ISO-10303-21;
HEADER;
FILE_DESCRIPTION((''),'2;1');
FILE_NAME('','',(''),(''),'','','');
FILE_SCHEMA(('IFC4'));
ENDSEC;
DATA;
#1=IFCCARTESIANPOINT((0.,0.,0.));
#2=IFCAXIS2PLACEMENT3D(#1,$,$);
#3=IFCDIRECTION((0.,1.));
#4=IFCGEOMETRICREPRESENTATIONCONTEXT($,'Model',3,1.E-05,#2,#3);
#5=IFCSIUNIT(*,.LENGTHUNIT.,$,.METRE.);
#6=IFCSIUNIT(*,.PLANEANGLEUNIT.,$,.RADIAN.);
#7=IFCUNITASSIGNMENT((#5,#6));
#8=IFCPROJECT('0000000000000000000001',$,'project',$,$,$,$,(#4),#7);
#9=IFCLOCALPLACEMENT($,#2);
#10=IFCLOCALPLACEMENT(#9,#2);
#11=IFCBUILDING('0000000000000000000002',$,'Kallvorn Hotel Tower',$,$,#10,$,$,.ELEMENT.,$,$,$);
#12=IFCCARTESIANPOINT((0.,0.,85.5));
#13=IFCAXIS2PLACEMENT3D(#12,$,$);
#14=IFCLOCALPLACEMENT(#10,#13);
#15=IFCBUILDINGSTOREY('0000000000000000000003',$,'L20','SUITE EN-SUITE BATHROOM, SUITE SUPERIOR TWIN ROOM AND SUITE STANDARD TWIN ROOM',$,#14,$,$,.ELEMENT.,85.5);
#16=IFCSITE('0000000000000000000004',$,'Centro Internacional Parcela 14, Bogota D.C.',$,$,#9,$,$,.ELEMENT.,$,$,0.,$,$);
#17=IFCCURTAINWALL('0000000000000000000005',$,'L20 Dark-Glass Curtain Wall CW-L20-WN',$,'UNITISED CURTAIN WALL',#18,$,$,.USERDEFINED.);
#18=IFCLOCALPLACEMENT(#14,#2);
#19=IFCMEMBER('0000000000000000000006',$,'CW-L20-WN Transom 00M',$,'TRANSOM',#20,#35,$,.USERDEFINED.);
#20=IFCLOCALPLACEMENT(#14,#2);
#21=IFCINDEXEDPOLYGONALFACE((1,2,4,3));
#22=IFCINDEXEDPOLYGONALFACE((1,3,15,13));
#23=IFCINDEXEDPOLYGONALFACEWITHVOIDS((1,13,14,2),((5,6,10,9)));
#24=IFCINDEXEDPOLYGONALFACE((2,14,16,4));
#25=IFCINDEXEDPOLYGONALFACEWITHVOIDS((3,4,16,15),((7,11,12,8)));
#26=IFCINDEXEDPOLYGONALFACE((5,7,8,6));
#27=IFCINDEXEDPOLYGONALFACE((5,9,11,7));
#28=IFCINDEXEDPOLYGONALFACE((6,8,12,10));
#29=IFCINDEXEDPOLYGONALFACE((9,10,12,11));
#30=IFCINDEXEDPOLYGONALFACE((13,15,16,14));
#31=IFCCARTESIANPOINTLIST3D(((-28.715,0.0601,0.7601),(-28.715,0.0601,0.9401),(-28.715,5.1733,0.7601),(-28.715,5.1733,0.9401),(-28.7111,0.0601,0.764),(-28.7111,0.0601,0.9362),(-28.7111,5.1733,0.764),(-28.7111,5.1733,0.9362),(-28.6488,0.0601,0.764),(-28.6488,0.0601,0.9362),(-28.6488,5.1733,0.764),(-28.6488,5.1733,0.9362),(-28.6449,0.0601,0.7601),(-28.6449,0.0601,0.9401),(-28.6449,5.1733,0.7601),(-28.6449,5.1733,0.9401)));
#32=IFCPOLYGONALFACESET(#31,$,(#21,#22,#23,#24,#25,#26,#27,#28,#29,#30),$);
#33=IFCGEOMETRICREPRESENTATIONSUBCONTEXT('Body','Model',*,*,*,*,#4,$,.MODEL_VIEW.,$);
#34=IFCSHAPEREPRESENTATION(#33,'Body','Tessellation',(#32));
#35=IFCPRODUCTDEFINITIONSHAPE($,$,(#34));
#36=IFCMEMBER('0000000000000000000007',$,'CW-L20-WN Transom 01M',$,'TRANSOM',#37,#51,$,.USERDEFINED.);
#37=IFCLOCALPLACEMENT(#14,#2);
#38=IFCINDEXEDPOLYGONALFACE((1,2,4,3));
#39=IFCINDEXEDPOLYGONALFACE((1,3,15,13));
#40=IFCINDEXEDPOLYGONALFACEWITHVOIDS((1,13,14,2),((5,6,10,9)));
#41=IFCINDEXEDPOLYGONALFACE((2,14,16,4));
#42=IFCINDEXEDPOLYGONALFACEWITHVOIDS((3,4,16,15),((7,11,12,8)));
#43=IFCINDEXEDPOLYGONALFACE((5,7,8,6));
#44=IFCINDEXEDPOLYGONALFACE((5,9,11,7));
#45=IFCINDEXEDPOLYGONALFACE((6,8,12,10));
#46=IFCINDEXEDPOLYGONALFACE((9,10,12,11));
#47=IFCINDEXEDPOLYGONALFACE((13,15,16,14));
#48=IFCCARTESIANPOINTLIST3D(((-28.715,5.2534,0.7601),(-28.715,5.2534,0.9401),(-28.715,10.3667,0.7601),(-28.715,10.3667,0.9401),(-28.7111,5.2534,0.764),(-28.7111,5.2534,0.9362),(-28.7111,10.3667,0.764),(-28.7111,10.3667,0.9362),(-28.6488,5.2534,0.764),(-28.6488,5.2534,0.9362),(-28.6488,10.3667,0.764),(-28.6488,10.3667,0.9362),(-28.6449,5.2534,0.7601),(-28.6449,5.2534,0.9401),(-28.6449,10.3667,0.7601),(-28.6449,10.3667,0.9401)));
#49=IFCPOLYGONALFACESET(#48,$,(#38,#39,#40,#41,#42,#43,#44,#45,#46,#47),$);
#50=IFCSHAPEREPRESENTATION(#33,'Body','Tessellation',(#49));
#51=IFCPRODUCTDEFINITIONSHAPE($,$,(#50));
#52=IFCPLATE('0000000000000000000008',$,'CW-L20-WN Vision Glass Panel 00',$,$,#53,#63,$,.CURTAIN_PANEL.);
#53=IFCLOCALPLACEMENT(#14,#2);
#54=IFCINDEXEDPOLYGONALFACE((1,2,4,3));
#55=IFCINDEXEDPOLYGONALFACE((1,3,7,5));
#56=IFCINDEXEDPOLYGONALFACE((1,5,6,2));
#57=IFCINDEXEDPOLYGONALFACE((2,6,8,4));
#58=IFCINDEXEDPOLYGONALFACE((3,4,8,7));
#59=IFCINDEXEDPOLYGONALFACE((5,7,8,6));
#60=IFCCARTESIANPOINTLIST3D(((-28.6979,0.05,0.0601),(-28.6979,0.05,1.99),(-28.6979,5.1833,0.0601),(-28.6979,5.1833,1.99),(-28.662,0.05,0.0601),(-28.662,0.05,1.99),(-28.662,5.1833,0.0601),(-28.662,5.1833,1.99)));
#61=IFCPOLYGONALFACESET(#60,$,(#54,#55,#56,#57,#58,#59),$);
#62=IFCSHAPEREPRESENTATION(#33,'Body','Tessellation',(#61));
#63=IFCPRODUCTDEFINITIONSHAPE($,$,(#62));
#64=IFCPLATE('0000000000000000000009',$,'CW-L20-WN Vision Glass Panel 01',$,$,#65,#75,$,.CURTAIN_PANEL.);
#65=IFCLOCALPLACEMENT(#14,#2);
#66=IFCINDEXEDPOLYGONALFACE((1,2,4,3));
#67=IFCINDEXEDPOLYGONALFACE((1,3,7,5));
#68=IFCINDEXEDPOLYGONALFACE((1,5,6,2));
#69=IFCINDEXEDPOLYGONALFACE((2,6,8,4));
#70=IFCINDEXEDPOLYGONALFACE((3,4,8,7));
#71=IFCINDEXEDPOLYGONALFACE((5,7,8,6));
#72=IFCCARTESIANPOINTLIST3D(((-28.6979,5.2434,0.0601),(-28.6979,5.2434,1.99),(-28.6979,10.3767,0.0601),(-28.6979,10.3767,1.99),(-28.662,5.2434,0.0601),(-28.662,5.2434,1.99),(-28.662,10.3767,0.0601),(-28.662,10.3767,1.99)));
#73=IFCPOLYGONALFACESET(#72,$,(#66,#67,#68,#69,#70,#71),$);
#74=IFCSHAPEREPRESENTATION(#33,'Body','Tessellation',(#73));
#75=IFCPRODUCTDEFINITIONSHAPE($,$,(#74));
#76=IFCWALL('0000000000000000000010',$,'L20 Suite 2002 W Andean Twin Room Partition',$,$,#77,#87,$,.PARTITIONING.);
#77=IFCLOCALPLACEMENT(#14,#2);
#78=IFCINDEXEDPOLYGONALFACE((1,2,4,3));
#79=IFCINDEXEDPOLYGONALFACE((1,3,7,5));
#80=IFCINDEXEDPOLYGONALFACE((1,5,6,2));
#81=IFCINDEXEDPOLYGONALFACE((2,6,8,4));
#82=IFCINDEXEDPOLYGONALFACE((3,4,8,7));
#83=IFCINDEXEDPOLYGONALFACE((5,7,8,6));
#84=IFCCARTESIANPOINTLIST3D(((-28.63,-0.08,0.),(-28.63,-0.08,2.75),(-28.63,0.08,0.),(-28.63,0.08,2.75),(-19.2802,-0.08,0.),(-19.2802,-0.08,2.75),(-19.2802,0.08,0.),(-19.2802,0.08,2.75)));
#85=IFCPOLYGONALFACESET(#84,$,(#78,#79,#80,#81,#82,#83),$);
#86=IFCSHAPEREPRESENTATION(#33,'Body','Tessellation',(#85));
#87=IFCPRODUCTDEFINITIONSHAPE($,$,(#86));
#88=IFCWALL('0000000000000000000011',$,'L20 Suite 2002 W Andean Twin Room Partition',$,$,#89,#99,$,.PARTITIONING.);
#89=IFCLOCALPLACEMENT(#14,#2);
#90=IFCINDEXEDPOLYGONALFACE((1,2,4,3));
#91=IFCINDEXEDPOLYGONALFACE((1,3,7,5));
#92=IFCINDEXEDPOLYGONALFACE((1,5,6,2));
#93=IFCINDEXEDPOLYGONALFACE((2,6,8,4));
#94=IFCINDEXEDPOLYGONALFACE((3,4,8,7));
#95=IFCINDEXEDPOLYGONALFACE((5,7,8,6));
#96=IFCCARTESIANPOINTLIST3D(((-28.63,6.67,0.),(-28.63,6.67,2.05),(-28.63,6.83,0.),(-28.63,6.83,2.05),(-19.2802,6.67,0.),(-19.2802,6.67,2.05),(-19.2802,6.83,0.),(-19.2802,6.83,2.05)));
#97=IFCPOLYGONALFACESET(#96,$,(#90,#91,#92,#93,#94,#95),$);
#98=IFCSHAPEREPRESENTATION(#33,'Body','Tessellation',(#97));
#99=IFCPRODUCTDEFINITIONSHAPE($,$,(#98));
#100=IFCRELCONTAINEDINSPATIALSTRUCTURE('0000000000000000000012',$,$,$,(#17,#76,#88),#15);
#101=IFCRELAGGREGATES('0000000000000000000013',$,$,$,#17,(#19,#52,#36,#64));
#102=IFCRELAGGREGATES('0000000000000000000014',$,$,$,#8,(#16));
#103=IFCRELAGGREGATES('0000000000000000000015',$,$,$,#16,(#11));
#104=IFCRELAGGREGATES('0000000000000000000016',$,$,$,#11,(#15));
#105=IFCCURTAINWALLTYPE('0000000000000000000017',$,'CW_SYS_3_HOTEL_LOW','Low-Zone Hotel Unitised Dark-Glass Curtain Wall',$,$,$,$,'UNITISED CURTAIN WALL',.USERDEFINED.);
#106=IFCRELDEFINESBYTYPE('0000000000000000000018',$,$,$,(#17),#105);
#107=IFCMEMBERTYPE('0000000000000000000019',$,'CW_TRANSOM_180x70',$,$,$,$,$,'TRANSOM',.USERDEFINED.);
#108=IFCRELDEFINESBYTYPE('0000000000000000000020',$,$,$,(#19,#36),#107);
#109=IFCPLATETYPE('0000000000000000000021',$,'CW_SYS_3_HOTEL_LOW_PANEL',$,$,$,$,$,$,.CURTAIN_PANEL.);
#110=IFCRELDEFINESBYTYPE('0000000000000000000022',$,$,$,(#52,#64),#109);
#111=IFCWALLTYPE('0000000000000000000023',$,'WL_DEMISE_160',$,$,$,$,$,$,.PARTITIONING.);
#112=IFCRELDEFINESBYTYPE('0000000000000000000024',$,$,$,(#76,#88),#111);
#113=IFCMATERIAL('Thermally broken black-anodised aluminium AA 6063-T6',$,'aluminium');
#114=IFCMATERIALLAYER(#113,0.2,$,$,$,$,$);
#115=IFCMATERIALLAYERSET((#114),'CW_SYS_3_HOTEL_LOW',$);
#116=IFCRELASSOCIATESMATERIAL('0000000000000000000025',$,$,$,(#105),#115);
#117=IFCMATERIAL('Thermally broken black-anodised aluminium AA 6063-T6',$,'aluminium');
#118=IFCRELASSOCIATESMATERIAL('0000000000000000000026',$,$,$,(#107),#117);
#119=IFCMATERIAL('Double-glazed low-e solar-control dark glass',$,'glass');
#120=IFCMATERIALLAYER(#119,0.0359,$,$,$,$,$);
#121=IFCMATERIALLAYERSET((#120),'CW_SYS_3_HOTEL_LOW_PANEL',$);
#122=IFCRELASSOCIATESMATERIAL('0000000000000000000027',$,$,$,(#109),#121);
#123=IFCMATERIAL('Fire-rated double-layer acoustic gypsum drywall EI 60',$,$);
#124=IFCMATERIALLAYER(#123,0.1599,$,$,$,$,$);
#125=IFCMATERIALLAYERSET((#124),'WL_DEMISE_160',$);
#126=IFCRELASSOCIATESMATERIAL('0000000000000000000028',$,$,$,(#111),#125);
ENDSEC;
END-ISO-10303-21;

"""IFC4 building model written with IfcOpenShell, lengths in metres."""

from ifc_helpers import new_model, si_unit, direction, frame, frame_2d, origin, origin_2d, place, context, subcontext, project, spatial, rectangle, hollow_rectangle, extrude, material, layer, layer_set, material_profile, profile_set, type_object, element, aggregate, save


model = new_model("IFC4")

# Units and contexts
model_context = context("Model", 3, precision=1e-05, world=origin(), true_north=direction((0.0, 1.0)))
body_context = subcontext(model_context, "Body", "Model", "MODEL_VIEW")
ifc_project = project(units=[si_unit("LENGTHUNIT", "METRE"), si_unit("PLANEANGLEUNIT", "RADIAN")], contexts=[model_context])

# Site, building, storey
site_placement = place(None, origin())
site = spatial("IfcSite", under=ifc_project, at=site_placement, Name="Centro Internacional Parcela 14, Bogota D.C.", CompositionType="ELEMENT", RefElevation=0.0)
building_placement = place(site_placement, origin())
building = spatial("IfcBuilding", under=site, at=building_placement, Name="Kallvorn Hotel Tower", CompositionType="ELEMENT")
storey_placement = place(building_placement, frame((0.0, 0.0, 85.5)))
storey = spatial("IfcBuildingStorey", under=building, at=storey_placement, Name="L20", Description="SUITE EN-SUITE BATHROOM, SUITE SUPERIOR TWIN ROOM AND SUITE STANDARD TWIN ROOM", CompositionType="ELEMENT", Elevation=85.5)

# Curtain wall, members, plates
ifc_material_1 = material(Name="Thermally broken black-anodised aluminium AA 6063-T6", Category="aluminium")
ifc_layer_1 = layer(ifc_material_1, 0.2)
ifc_layer_set_1 = layer_set([ifc_layer_1], Name="CW_SYS_3_HOTEL_LOW")
curtain_wall_type = type_object("IfcCurtainWallType", Name="CW_SYS_3_HOTEL_LOW", Description="Low-Zone Hotel Unitised Dark-Glass Curtain Wall", ElementType="UNITISED CURTAIN WALL", PredefinedType="USERDEFINED", material=ifc_layer_set_1)
curtain_wall_placement = place(storey_placement, origin())
curtain_wall = element("IfcCurtainWall", 1, at=curtain_wall_placement, inside=storey, type_object=curtain_wall_type, Name="L20 Dark-Glass Curtain Wall CW-L20-WN", ObjectType="UNITISED CURTAIN WALL", PredefinedType="USERDEFINED")
ifc_material_2 = material(Name="Thermally broken black-anodised aluminium AA 6063-T6", Category="aluminium")
ifc_material_profile_1 = material_profile(ifc_material_2, hollow_rectangle(XDim=0.0701, YDim=0.1799, WallThickness=0.0039, at=origin_2d()), Name="TRN 180x70")
ifc_profile_set_1 = profile_set([ifc_material_profile_1], Name="Thermally broken black-anodised aluminium AA 6063-T6")
member_type_1 = type_object("IfcMemberType", Name="CW_TRANSOM_180x70", ElementType="TRANSOM", PredefinedType="USERDEFINED", material=ifc_profile_set_1)
member_1_placement = place(storey_placement, frame((-28.6799, 0.0601, 0.8501), z_axis=(0.0, 1.0, 0.0), x_axis=(-1.0, 0.0, 0.0)))
member_1 = element("IfcMember", 2, at=member_1_placement, type_object=member_type_1, Name="CW-L20-WN Transom 00M", ObjectType="TRANSOM", PredefinedType="USERDEFINED", context=body_context, shape_type="SweptSolid", body=[
    extrude(hollow_rectangle(XDim=0.0701, YDim=0.1799, WallThickness=0.0039, at=origin_2d()), origin(), (0.0, 0.0, 1.0), 5.1133),
])
member_2_placement = place(storey_placement, frame((-28.6799, 5.2534, 0.8501), z_axis=(0.0, 1.0, 0.0), x_axis=(-1.0, 0.0, 0.0)))
member_2 = element("IfcMember", 3, at=member_2_placement, type_object=member_type_1, Name="CW-L20-WN Transom 01M", ObjectType="TRANSOM", PredefinedType="USERDEFINED", context=body_context, shape_type="SweptSolid", body=[
    extrude(hollow_rectangle(XDim=0.0701, YDim=0.1799, WallThickness=0.0039, at=origin_2d()), origin(), (0.0, 0.0, 1.0), 5.1133),
])
ifc_material_3 = material(Name="Double-glazed low-e solar-control dark glass", Category="glass")
ifc_layer_2 = layer(ifc_material_3, 0.0359)
ifc_layer_set_2 = layer_set([ifc_layer_2], Name="CW_SYS_3_HOTEL_LOW_PANEL")
plate_type = type_object("IfcPlateType", Name="CW_SYS_3_HOTEL_LOW_PANEL", PredefinedType="CURTAIN_PANEL", material=ifc_layer_set_2)
plate_1_placement = place(storey_placement, frame((-28.6799, 2.6167, 0.0601), z_axis=(0.0, 0.0, 1.0), x_axis=(0.0, 1.0, 0.0)))
plate_1 = element("IfcPlate", 4, at=plate_1_placement, type_object=plate_type, Name="CW-L20-WN Vision Glass Panel 00", PredefinedType="CURTAIN_PANEL", context=body_context, shape_type="SweptSolid", body=[
    extrude(rectangle(XDim=5.1333, YDim=0.0359, at=origin_2d()), origin(), (0.0, 0.0, 1.0), 1.9299),
])
plate_2_placement = place(storey_placement, frame((-28.6799, 7.8101, 0.0601), z_axis=(0.0, 0.0, 1.0), x_axis=(0.0, 1.0, 0.0)))
plate_2 = element("IfcPlate", 5, at=plate_2_placement, type_object=plate_type, Name="CW-L20-WN Vision Glass Panel 01", PredefinedType="CURTAIN_PANEL", context=body_context, shape_type="SweptSolid", body=[
    extrude(rectangle(XDim=5.1333, YDim=0.0359, at=origin_2d()), origin(), (0.0, 0.0, 1.0), 1.9299),
])
aggregate(curtain_wall, [member_1, plate_1, member_2, plate_2])

# Walls
ifc_material_4 = material(Name="Fire-rated double-layer acoustic gypsum drywall EI 60")
ifc_layer_3 = layer(ifc_material_4, 0.1599)
ifc_layer_set_3 = layer_set([ifc_layer_3], Name="WL_DEMISE_160")
wall_type = type_object("IfcWallType", Name="WL_DEMISE_160", PredefinedType="PARTITIONING", material=ifc_layer_set_3)
wall_1_placement = place(storey_placement, frame((-28.6299, 0.0, 0.0), z_axis=(0.0, 0.0, 1.0), x_axis=(1.0, 0.0, 0.0)))
element("IfcWall", 6, at=wall_1_placement, inside=storey, type_object=wall_type, Name="L20 Suite 2002 W Andean Twin Room Partition", PredefinedType="PARTITIONING", context=body_context, shape_type="SweptSolid", body=[
    extrude(rectangle(XDim=9.3499, YDim=0.1599, at=frame_2d((4.6748, 0.0))), origin(), (0.0, 0.0, 1.0), 2.75),
])
wall_2_placement = place(storey_placement, frame((-28.6299, 6.75, 0.0), z_axis=(0.0, 0.0, 1.0), x_axis=(1.0, 0.0, 0.0)))
element("IfcWall", 7, at=wall_2_placement, inside=storey, type_object=wall_type, Name="L20 Suite 2002 W Andean Twin Room Partition", PredefinedType="PARTITIONING", context=body_context, shape_type="SweptSolid", body=[
    extrude(rectangle(XDim=9.3499, YDim=0.1599, at=frame_2d((4.6748, 0.0))), origin(), (0.0, 0.0, 1.0), 2.05),
])

save(model, "model.ifc")
